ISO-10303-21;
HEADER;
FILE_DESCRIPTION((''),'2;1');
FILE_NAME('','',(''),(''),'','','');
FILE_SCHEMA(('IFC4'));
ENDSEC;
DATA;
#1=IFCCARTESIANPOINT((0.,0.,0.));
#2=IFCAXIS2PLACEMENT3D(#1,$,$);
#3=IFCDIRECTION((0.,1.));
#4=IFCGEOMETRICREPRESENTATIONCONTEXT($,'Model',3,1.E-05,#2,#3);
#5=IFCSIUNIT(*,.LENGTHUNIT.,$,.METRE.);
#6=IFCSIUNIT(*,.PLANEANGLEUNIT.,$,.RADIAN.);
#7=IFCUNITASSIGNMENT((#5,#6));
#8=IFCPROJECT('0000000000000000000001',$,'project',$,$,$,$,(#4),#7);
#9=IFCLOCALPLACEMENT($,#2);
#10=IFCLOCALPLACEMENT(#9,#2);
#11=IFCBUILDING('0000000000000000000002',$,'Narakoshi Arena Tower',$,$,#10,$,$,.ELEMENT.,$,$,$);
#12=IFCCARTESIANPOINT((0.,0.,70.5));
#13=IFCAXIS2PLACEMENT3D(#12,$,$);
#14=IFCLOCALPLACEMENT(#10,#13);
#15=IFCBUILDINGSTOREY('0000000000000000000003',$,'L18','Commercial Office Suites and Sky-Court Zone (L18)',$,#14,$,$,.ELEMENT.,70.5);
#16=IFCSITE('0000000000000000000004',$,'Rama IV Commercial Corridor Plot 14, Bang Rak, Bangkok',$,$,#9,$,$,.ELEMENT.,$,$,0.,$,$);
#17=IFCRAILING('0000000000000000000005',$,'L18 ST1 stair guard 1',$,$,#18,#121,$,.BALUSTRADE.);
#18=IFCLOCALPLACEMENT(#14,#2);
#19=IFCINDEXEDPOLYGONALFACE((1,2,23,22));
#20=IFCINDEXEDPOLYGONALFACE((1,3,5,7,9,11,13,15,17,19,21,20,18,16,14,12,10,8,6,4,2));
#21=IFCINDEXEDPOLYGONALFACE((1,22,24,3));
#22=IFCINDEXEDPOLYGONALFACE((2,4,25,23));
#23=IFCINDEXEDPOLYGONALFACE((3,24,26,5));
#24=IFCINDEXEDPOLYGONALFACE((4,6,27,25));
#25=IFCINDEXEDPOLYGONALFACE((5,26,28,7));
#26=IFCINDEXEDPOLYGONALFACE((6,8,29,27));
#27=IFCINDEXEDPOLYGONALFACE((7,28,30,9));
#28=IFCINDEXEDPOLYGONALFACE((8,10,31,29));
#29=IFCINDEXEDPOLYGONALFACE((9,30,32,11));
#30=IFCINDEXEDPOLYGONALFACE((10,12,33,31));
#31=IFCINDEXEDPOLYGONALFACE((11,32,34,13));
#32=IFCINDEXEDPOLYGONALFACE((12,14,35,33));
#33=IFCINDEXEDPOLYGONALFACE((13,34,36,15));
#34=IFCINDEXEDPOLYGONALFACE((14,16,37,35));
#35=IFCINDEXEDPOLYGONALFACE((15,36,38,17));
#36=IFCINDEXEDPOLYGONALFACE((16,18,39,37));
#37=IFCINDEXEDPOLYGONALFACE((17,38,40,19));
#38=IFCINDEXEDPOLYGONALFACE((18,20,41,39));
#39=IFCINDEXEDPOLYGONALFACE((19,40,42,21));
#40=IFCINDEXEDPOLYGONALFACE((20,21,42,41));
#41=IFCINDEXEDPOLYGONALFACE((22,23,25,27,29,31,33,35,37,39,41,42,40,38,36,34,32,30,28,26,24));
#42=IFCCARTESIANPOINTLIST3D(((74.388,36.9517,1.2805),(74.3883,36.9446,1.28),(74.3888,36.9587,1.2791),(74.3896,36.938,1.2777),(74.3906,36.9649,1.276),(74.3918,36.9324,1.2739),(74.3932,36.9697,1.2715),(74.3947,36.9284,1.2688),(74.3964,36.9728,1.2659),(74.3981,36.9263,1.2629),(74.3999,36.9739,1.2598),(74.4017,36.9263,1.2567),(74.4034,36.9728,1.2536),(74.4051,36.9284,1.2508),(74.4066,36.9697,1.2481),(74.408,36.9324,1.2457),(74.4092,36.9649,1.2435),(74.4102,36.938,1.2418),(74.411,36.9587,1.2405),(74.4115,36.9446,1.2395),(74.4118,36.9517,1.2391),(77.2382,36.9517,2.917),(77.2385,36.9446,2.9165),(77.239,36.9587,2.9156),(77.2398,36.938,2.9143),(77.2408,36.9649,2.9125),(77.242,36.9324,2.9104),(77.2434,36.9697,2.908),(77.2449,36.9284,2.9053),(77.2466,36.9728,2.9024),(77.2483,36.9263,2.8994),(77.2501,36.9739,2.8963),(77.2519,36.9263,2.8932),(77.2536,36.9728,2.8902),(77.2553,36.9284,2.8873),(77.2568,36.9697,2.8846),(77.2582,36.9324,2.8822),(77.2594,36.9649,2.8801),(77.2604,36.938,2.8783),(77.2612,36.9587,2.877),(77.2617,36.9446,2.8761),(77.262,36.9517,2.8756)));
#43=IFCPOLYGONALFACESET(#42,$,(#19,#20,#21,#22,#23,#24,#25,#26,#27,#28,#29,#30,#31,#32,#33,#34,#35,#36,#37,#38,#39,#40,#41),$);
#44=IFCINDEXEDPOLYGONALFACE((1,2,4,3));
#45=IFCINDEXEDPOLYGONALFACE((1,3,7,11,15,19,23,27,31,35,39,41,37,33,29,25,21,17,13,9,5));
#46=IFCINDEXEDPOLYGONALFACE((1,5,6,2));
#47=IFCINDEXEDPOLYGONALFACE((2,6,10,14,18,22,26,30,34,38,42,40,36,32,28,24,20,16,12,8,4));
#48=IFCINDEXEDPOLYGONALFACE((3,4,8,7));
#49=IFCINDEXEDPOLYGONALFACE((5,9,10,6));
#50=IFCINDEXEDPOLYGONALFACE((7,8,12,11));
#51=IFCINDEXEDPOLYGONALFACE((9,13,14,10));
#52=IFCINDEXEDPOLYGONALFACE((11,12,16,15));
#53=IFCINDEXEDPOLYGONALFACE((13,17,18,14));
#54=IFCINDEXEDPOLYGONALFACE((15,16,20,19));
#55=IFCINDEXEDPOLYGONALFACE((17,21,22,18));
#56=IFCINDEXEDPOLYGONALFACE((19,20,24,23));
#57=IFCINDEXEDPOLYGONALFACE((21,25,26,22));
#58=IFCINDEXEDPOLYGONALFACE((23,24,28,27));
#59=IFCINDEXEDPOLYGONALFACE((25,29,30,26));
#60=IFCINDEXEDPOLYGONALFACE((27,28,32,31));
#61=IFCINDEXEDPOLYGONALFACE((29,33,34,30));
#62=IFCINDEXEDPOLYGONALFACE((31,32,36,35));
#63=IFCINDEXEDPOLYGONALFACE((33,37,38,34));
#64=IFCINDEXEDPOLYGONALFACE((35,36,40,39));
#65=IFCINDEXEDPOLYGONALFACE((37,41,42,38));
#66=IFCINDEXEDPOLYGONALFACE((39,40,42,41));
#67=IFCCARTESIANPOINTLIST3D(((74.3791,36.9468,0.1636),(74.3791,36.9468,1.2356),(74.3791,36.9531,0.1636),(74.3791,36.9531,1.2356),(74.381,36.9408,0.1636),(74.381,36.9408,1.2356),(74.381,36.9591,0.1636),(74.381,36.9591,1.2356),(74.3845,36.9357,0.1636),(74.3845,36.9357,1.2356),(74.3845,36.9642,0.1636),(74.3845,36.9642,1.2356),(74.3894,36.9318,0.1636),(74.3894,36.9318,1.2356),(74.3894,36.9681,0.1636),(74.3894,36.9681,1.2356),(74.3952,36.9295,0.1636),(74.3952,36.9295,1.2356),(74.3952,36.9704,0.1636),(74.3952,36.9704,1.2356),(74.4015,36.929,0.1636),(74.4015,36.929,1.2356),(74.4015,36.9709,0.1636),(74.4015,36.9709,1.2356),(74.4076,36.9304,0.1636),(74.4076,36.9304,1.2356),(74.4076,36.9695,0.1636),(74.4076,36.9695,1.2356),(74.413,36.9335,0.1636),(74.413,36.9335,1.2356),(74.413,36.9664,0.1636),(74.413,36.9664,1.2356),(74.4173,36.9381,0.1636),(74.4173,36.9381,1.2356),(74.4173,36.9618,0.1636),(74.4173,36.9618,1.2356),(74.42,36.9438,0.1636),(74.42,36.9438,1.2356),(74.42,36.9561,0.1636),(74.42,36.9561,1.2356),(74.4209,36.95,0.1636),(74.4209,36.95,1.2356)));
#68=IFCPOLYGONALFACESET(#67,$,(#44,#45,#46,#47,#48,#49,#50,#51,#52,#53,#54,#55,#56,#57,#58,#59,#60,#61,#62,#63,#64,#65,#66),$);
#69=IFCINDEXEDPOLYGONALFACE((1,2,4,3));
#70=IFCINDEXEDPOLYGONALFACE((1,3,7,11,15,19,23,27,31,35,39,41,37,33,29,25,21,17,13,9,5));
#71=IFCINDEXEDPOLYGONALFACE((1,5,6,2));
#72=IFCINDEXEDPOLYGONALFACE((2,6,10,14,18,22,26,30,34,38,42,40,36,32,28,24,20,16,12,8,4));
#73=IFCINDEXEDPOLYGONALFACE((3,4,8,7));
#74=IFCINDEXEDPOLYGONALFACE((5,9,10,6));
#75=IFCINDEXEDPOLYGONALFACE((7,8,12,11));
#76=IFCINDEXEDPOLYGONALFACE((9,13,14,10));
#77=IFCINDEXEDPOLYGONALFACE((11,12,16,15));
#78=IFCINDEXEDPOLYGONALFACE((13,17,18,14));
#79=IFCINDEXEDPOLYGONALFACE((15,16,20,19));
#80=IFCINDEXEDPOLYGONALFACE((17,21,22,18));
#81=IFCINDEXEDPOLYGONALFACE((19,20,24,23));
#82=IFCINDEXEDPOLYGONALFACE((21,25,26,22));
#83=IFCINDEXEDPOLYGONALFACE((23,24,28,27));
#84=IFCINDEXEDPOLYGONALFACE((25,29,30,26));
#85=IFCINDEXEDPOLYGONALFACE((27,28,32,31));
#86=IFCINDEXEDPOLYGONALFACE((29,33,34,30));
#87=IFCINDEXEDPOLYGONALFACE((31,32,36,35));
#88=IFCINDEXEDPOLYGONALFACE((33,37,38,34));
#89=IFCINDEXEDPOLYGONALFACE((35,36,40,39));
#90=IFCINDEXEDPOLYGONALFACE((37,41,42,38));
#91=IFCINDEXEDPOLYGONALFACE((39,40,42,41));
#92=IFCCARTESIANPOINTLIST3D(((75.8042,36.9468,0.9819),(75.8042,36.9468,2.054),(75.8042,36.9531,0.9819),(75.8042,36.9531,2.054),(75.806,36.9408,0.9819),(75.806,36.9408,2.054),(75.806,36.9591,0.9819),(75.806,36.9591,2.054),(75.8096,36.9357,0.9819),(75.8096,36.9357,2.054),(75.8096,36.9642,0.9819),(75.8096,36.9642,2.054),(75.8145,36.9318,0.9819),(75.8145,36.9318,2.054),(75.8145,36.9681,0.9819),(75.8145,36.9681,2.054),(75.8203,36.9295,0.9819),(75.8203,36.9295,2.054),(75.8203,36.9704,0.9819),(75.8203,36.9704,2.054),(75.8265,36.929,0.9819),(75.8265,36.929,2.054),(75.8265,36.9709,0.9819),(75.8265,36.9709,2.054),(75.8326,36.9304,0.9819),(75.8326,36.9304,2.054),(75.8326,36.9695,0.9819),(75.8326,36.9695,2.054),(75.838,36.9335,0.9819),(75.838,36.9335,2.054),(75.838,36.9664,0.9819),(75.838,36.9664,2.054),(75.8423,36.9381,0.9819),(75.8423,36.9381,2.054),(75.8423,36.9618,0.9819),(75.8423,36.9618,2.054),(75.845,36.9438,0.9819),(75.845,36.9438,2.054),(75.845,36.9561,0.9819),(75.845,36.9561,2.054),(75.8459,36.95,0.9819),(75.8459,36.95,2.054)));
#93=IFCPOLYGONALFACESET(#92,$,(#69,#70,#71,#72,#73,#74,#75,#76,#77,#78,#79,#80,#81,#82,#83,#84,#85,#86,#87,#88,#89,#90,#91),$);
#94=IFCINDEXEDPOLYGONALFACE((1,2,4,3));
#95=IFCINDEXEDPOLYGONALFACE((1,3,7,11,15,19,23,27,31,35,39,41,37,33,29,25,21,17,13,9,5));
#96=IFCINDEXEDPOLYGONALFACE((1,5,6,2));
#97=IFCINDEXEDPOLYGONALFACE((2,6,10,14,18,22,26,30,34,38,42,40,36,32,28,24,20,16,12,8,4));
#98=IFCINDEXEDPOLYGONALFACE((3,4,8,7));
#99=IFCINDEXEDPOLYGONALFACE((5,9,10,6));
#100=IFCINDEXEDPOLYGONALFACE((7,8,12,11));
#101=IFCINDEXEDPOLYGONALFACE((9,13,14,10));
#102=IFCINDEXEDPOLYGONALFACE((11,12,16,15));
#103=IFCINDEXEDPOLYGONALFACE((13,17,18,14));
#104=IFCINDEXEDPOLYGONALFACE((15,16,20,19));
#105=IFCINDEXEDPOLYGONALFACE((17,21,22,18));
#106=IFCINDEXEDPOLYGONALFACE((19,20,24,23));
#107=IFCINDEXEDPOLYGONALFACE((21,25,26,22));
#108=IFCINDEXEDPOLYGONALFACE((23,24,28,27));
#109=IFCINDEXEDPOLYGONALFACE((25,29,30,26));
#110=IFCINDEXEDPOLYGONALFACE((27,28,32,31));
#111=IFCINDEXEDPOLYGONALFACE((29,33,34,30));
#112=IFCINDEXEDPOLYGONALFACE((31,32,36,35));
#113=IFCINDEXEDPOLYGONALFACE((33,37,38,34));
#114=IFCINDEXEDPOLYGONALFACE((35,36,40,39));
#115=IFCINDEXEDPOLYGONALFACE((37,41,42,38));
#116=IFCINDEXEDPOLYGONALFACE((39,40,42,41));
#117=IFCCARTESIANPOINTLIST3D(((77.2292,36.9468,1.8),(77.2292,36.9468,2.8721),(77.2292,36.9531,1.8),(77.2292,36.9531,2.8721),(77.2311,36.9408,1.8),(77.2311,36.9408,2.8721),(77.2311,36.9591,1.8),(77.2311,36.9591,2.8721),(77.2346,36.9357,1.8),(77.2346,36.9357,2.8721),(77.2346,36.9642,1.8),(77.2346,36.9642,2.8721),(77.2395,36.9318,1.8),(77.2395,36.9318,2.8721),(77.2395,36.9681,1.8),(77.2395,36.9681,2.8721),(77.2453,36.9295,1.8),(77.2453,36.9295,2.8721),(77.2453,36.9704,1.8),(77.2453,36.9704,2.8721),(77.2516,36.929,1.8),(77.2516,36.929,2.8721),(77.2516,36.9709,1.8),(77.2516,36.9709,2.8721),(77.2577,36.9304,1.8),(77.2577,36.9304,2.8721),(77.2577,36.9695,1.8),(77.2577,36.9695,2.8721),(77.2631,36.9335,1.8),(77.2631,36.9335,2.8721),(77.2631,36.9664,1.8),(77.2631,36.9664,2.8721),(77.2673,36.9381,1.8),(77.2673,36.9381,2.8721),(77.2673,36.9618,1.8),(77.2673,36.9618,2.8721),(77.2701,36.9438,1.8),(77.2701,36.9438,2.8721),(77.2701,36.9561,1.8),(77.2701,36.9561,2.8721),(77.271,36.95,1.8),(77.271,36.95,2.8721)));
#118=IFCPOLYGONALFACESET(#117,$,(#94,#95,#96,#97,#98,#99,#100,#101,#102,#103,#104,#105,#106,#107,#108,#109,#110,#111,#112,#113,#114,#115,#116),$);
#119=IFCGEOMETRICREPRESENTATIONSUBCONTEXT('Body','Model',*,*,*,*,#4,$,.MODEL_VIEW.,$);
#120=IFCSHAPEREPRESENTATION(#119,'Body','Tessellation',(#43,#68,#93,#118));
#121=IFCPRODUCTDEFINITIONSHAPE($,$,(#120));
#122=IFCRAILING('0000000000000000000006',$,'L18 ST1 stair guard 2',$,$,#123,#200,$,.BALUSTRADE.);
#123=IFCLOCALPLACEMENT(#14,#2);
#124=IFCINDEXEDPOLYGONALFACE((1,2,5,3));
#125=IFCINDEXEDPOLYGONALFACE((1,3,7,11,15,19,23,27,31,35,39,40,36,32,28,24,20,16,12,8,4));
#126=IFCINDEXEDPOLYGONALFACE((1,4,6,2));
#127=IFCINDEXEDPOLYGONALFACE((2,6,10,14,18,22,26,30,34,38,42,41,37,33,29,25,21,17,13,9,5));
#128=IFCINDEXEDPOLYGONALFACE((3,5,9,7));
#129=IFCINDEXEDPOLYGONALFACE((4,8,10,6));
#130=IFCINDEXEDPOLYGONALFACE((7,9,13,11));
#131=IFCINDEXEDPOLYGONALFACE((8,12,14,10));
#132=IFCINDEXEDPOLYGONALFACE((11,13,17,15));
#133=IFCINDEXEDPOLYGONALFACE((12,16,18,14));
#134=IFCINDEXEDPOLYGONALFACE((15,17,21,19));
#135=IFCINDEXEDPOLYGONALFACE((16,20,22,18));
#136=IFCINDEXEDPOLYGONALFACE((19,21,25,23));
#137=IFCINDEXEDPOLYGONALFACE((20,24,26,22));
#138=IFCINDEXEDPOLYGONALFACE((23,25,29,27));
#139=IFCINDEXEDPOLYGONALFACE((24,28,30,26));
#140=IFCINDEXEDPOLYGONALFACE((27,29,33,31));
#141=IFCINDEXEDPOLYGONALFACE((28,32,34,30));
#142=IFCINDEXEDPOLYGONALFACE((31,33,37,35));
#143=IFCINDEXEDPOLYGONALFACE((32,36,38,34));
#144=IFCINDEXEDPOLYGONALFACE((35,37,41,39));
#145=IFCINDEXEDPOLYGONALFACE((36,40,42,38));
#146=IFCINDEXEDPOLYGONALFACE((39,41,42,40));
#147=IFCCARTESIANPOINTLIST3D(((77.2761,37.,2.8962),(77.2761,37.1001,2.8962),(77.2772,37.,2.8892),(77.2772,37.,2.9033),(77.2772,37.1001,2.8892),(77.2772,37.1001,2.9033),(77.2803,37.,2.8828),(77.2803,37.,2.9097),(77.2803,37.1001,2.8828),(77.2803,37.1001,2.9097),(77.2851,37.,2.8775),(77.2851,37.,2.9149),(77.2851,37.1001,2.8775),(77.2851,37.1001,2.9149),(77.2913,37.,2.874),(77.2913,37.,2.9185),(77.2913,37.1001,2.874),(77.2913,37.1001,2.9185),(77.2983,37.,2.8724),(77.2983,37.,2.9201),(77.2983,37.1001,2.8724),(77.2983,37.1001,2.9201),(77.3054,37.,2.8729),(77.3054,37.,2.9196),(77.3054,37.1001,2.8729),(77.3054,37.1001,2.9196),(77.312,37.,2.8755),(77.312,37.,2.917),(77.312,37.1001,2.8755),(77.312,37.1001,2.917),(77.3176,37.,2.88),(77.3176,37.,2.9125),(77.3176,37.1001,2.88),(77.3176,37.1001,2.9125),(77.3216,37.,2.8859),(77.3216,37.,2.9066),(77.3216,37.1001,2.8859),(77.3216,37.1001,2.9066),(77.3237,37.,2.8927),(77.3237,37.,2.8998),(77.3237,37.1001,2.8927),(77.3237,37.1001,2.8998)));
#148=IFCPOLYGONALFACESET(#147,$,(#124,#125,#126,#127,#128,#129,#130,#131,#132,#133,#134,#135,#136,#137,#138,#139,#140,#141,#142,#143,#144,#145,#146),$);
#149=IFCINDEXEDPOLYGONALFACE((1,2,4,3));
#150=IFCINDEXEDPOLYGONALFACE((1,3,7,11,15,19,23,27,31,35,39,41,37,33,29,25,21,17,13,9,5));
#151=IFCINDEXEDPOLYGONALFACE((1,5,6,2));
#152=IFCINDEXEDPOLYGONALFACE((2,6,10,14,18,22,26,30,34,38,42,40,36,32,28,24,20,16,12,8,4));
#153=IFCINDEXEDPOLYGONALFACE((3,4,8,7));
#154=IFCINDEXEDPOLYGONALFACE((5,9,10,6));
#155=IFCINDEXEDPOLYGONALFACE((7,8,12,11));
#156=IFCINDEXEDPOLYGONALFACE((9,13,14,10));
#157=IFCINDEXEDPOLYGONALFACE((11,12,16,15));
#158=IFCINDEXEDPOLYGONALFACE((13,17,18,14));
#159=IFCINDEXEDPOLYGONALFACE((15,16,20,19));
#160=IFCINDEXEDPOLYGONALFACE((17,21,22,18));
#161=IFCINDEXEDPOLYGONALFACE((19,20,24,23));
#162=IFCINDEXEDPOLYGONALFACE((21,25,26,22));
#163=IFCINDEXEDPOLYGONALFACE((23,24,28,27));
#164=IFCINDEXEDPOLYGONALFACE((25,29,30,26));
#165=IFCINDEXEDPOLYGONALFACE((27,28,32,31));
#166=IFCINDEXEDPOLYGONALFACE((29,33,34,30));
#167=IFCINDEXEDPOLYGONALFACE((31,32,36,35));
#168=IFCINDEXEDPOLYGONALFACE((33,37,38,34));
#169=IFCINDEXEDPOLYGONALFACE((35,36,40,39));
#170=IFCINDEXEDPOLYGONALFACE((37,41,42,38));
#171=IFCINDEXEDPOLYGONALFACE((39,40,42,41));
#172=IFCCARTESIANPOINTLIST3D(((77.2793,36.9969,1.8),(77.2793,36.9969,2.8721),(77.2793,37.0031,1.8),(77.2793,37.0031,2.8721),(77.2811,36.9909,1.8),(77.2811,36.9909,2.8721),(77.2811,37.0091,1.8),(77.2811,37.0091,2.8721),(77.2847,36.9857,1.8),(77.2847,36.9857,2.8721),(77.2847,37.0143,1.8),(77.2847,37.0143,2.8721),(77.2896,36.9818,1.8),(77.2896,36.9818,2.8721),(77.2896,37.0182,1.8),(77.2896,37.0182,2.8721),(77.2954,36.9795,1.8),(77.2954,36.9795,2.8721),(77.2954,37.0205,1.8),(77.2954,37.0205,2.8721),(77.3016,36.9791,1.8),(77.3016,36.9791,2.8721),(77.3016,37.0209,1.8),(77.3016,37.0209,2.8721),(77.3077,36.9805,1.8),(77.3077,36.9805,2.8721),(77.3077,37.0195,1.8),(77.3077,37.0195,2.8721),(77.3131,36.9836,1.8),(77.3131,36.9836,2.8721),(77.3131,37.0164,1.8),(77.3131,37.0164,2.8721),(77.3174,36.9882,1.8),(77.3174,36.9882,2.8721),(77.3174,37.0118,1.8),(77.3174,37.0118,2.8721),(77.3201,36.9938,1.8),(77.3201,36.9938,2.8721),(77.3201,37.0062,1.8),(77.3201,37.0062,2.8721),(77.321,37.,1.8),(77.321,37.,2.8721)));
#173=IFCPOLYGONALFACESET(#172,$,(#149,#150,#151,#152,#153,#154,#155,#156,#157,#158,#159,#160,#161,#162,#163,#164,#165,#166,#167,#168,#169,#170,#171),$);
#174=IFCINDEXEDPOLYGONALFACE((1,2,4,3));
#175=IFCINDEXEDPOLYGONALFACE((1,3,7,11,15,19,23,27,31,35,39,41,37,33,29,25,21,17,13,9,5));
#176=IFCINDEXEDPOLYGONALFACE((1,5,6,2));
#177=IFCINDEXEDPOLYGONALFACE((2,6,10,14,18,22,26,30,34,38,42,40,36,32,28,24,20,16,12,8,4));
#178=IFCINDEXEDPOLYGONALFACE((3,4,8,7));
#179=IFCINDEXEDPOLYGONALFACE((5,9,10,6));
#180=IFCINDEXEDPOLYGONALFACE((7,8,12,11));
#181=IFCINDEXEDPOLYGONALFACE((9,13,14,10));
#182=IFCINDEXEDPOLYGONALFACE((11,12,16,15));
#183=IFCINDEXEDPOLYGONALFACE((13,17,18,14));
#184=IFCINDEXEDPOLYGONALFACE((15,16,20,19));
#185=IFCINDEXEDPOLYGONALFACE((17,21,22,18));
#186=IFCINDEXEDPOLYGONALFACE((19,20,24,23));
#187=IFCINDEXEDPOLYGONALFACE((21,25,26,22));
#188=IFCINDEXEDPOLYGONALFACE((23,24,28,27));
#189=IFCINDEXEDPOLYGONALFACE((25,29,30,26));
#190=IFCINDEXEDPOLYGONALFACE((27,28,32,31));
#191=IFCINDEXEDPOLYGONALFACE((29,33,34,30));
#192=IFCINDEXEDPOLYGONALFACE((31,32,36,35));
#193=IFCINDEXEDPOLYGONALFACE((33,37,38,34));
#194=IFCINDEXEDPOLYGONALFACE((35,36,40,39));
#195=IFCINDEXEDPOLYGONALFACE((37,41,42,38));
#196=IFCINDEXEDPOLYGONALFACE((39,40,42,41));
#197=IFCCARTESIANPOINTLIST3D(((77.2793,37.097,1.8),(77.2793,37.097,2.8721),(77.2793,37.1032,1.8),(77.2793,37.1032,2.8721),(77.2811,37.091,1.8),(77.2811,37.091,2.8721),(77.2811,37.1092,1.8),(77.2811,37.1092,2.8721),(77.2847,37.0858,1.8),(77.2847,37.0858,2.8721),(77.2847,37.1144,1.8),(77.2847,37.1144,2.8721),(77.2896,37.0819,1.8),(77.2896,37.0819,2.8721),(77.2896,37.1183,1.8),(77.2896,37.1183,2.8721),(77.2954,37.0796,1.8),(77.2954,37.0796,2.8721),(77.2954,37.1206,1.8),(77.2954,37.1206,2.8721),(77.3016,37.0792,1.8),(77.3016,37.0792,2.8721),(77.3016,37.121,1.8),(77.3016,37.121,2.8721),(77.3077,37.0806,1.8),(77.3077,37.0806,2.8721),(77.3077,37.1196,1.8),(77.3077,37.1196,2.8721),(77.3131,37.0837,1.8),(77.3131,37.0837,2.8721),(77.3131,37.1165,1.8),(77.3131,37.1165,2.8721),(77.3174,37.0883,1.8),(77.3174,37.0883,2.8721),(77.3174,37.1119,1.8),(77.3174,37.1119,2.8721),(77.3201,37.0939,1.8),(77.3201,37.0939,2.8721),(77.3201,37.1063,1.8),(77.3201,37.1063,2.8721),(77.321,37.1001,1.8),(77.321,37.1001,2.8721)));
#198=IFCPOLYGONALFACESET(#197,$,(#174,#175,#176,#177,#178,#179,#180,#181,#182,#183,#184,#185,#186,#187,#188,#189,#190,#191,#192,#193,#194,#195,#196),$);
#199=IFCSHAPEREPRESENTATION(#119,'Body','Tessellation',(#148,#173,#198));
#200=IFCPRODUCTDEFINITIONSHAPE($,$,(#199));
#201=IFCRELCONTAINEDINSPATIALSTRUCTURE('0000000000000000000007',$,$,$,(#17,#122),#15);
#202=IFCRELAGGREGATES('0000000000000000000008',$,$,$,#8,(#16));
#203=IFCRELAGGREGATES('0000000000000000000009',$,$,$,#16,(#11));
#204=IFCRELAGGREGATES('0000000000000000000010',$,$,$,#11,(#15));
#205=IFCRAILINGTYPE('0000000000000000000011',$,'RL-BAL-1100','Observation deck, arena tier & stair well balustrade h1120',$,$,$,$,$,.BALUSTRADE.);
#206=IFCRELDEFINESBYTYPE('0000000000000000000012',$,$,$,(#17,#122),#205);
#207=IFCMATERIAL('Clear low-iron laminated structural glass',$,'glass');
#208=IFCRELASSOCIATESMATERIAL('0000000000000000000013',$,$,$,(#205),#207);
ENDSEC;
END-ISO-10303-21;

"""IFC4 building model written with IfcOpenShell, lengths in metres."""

from ifc_helpers import new_model, si_unit, direction, frame, origin, origin_2d, place, context, subcontext, project, spatial, circle, extrude, material, type_object, element, save


model = new_model("IFC4")

# Units and contexts
model_context = context("Model", 3, precision=1e-05, world=origin(), true_north=direction((0.0, 1.0)))
body_context = subcontext(model_context, "Body", "Model", "MODEL_VIEW")
ifc_project = project(units=[si_unit("LENGTHUNIT", "METRE"), si_unit("PLANEANGLEUNIT", "RADIAN")], contexts=[model_context])

# Site, building, storey
site_placement = place(None, origin())
site = spatial("IfcSite", under=ifc_project, at=site_placement, Name="Rama IV Commercial Corridor Plot 14, Bang Rak, Bangkok", CompositionType="ELEMENT", RefElevation=0.0)
building_placement = place(site_placement, origin())
building = spatial("IfcBuilding", under=site, at=building_placement, Name="Narakoshi Arena Tower", CompositionType="ELEMENT")
storey_placement = place(building_placement, frame((0.0, 0.0, 70.5)))
storey = spatial("IfcBuildingStorey", under=building, at=storey_placement, Name="L18", Description="Commercial Office Suites and Sky-Court Zone (L18)", CompositionType="ELEMENT", Elevation=70.5)

# Railings
ifc_material_1 = material(Name="Clear low-iron laminated structural glass", Category="glass")
railing_type_1 = type_object("IfcRailingType", Name="RL-BAL-1100", Description="Observation deck, arena tier & stair well balustrade h1120", PredefinedType="BALUSTRADE", material=ifc_material_1)
railing_1_placement = place(storey_placement, frame((74.3999, 36.95, 0.1636)))
element("IfcRailing", 1, at=railing_1_placement, inside=storey, type_object=railing_type_1, Name="L18 ST1 stair guard 1", PredefinedType="BALUSTRADE", context=body_context, shape_type="SweptSolid", body=[
    extrude(circle(Radius=0.0239, at=origin_2d()), frame((0.0, 0.0, 1.0962), z_axis=(0.867213, 0.0, 0.497938), x_axis=(0.0, 1.0, 0.0)), (0.0, 0.0, 1.0), 3.2866),
    extrude(circle(Radius=0.021, at=origin_2d()), origin(), (0.0, 0.0, 1.0), 1.072),
    extrude(circle(Radius=0.021, at=origin_2d()), frame((1.425, 0.0, 0.8184)), (0.0, 0.0, 1.0), 1.072),
    extrude(circle(Radius=0.021, at=origin_2d()), frame((2.8501, 0.0, 1.6365)), (0.0, 0.0, 1.0), 1.072),
])
railing_2_placement = place(storey_placement, frame((77.3, 37.0, 1.8)))
element("IfcRailing", 2, at=railing_2_placement, inside=storey, type_object=railing_type_1, Name="L18 ST1 stair guard 2", PredefinedType="BALUSTRADE", context=body_context, shape_type="SweptSolid", body=[
    extrude(circle(Radius=0.0239, at=origin_2d()), frame((0.0, 0.0, 1.0962), z_axis=(0.0, 1.0, 0.0), x_axis=(-1.0, 0.0, 0.0)), (0.0, 0.0, 1.0), 0.1001),
    extrude(circle(Radius=0.021, at=origin_2d()), origin(), (0.0, 0.0, 1.0), 1.072),
    extrude(circle(Radius=0.021, at=origin_2d()), frame((0.0, 0.1001, 0.0)), (0.0, 0.0, 1.0), 1.072),
])

save(model, "model.ifc")
